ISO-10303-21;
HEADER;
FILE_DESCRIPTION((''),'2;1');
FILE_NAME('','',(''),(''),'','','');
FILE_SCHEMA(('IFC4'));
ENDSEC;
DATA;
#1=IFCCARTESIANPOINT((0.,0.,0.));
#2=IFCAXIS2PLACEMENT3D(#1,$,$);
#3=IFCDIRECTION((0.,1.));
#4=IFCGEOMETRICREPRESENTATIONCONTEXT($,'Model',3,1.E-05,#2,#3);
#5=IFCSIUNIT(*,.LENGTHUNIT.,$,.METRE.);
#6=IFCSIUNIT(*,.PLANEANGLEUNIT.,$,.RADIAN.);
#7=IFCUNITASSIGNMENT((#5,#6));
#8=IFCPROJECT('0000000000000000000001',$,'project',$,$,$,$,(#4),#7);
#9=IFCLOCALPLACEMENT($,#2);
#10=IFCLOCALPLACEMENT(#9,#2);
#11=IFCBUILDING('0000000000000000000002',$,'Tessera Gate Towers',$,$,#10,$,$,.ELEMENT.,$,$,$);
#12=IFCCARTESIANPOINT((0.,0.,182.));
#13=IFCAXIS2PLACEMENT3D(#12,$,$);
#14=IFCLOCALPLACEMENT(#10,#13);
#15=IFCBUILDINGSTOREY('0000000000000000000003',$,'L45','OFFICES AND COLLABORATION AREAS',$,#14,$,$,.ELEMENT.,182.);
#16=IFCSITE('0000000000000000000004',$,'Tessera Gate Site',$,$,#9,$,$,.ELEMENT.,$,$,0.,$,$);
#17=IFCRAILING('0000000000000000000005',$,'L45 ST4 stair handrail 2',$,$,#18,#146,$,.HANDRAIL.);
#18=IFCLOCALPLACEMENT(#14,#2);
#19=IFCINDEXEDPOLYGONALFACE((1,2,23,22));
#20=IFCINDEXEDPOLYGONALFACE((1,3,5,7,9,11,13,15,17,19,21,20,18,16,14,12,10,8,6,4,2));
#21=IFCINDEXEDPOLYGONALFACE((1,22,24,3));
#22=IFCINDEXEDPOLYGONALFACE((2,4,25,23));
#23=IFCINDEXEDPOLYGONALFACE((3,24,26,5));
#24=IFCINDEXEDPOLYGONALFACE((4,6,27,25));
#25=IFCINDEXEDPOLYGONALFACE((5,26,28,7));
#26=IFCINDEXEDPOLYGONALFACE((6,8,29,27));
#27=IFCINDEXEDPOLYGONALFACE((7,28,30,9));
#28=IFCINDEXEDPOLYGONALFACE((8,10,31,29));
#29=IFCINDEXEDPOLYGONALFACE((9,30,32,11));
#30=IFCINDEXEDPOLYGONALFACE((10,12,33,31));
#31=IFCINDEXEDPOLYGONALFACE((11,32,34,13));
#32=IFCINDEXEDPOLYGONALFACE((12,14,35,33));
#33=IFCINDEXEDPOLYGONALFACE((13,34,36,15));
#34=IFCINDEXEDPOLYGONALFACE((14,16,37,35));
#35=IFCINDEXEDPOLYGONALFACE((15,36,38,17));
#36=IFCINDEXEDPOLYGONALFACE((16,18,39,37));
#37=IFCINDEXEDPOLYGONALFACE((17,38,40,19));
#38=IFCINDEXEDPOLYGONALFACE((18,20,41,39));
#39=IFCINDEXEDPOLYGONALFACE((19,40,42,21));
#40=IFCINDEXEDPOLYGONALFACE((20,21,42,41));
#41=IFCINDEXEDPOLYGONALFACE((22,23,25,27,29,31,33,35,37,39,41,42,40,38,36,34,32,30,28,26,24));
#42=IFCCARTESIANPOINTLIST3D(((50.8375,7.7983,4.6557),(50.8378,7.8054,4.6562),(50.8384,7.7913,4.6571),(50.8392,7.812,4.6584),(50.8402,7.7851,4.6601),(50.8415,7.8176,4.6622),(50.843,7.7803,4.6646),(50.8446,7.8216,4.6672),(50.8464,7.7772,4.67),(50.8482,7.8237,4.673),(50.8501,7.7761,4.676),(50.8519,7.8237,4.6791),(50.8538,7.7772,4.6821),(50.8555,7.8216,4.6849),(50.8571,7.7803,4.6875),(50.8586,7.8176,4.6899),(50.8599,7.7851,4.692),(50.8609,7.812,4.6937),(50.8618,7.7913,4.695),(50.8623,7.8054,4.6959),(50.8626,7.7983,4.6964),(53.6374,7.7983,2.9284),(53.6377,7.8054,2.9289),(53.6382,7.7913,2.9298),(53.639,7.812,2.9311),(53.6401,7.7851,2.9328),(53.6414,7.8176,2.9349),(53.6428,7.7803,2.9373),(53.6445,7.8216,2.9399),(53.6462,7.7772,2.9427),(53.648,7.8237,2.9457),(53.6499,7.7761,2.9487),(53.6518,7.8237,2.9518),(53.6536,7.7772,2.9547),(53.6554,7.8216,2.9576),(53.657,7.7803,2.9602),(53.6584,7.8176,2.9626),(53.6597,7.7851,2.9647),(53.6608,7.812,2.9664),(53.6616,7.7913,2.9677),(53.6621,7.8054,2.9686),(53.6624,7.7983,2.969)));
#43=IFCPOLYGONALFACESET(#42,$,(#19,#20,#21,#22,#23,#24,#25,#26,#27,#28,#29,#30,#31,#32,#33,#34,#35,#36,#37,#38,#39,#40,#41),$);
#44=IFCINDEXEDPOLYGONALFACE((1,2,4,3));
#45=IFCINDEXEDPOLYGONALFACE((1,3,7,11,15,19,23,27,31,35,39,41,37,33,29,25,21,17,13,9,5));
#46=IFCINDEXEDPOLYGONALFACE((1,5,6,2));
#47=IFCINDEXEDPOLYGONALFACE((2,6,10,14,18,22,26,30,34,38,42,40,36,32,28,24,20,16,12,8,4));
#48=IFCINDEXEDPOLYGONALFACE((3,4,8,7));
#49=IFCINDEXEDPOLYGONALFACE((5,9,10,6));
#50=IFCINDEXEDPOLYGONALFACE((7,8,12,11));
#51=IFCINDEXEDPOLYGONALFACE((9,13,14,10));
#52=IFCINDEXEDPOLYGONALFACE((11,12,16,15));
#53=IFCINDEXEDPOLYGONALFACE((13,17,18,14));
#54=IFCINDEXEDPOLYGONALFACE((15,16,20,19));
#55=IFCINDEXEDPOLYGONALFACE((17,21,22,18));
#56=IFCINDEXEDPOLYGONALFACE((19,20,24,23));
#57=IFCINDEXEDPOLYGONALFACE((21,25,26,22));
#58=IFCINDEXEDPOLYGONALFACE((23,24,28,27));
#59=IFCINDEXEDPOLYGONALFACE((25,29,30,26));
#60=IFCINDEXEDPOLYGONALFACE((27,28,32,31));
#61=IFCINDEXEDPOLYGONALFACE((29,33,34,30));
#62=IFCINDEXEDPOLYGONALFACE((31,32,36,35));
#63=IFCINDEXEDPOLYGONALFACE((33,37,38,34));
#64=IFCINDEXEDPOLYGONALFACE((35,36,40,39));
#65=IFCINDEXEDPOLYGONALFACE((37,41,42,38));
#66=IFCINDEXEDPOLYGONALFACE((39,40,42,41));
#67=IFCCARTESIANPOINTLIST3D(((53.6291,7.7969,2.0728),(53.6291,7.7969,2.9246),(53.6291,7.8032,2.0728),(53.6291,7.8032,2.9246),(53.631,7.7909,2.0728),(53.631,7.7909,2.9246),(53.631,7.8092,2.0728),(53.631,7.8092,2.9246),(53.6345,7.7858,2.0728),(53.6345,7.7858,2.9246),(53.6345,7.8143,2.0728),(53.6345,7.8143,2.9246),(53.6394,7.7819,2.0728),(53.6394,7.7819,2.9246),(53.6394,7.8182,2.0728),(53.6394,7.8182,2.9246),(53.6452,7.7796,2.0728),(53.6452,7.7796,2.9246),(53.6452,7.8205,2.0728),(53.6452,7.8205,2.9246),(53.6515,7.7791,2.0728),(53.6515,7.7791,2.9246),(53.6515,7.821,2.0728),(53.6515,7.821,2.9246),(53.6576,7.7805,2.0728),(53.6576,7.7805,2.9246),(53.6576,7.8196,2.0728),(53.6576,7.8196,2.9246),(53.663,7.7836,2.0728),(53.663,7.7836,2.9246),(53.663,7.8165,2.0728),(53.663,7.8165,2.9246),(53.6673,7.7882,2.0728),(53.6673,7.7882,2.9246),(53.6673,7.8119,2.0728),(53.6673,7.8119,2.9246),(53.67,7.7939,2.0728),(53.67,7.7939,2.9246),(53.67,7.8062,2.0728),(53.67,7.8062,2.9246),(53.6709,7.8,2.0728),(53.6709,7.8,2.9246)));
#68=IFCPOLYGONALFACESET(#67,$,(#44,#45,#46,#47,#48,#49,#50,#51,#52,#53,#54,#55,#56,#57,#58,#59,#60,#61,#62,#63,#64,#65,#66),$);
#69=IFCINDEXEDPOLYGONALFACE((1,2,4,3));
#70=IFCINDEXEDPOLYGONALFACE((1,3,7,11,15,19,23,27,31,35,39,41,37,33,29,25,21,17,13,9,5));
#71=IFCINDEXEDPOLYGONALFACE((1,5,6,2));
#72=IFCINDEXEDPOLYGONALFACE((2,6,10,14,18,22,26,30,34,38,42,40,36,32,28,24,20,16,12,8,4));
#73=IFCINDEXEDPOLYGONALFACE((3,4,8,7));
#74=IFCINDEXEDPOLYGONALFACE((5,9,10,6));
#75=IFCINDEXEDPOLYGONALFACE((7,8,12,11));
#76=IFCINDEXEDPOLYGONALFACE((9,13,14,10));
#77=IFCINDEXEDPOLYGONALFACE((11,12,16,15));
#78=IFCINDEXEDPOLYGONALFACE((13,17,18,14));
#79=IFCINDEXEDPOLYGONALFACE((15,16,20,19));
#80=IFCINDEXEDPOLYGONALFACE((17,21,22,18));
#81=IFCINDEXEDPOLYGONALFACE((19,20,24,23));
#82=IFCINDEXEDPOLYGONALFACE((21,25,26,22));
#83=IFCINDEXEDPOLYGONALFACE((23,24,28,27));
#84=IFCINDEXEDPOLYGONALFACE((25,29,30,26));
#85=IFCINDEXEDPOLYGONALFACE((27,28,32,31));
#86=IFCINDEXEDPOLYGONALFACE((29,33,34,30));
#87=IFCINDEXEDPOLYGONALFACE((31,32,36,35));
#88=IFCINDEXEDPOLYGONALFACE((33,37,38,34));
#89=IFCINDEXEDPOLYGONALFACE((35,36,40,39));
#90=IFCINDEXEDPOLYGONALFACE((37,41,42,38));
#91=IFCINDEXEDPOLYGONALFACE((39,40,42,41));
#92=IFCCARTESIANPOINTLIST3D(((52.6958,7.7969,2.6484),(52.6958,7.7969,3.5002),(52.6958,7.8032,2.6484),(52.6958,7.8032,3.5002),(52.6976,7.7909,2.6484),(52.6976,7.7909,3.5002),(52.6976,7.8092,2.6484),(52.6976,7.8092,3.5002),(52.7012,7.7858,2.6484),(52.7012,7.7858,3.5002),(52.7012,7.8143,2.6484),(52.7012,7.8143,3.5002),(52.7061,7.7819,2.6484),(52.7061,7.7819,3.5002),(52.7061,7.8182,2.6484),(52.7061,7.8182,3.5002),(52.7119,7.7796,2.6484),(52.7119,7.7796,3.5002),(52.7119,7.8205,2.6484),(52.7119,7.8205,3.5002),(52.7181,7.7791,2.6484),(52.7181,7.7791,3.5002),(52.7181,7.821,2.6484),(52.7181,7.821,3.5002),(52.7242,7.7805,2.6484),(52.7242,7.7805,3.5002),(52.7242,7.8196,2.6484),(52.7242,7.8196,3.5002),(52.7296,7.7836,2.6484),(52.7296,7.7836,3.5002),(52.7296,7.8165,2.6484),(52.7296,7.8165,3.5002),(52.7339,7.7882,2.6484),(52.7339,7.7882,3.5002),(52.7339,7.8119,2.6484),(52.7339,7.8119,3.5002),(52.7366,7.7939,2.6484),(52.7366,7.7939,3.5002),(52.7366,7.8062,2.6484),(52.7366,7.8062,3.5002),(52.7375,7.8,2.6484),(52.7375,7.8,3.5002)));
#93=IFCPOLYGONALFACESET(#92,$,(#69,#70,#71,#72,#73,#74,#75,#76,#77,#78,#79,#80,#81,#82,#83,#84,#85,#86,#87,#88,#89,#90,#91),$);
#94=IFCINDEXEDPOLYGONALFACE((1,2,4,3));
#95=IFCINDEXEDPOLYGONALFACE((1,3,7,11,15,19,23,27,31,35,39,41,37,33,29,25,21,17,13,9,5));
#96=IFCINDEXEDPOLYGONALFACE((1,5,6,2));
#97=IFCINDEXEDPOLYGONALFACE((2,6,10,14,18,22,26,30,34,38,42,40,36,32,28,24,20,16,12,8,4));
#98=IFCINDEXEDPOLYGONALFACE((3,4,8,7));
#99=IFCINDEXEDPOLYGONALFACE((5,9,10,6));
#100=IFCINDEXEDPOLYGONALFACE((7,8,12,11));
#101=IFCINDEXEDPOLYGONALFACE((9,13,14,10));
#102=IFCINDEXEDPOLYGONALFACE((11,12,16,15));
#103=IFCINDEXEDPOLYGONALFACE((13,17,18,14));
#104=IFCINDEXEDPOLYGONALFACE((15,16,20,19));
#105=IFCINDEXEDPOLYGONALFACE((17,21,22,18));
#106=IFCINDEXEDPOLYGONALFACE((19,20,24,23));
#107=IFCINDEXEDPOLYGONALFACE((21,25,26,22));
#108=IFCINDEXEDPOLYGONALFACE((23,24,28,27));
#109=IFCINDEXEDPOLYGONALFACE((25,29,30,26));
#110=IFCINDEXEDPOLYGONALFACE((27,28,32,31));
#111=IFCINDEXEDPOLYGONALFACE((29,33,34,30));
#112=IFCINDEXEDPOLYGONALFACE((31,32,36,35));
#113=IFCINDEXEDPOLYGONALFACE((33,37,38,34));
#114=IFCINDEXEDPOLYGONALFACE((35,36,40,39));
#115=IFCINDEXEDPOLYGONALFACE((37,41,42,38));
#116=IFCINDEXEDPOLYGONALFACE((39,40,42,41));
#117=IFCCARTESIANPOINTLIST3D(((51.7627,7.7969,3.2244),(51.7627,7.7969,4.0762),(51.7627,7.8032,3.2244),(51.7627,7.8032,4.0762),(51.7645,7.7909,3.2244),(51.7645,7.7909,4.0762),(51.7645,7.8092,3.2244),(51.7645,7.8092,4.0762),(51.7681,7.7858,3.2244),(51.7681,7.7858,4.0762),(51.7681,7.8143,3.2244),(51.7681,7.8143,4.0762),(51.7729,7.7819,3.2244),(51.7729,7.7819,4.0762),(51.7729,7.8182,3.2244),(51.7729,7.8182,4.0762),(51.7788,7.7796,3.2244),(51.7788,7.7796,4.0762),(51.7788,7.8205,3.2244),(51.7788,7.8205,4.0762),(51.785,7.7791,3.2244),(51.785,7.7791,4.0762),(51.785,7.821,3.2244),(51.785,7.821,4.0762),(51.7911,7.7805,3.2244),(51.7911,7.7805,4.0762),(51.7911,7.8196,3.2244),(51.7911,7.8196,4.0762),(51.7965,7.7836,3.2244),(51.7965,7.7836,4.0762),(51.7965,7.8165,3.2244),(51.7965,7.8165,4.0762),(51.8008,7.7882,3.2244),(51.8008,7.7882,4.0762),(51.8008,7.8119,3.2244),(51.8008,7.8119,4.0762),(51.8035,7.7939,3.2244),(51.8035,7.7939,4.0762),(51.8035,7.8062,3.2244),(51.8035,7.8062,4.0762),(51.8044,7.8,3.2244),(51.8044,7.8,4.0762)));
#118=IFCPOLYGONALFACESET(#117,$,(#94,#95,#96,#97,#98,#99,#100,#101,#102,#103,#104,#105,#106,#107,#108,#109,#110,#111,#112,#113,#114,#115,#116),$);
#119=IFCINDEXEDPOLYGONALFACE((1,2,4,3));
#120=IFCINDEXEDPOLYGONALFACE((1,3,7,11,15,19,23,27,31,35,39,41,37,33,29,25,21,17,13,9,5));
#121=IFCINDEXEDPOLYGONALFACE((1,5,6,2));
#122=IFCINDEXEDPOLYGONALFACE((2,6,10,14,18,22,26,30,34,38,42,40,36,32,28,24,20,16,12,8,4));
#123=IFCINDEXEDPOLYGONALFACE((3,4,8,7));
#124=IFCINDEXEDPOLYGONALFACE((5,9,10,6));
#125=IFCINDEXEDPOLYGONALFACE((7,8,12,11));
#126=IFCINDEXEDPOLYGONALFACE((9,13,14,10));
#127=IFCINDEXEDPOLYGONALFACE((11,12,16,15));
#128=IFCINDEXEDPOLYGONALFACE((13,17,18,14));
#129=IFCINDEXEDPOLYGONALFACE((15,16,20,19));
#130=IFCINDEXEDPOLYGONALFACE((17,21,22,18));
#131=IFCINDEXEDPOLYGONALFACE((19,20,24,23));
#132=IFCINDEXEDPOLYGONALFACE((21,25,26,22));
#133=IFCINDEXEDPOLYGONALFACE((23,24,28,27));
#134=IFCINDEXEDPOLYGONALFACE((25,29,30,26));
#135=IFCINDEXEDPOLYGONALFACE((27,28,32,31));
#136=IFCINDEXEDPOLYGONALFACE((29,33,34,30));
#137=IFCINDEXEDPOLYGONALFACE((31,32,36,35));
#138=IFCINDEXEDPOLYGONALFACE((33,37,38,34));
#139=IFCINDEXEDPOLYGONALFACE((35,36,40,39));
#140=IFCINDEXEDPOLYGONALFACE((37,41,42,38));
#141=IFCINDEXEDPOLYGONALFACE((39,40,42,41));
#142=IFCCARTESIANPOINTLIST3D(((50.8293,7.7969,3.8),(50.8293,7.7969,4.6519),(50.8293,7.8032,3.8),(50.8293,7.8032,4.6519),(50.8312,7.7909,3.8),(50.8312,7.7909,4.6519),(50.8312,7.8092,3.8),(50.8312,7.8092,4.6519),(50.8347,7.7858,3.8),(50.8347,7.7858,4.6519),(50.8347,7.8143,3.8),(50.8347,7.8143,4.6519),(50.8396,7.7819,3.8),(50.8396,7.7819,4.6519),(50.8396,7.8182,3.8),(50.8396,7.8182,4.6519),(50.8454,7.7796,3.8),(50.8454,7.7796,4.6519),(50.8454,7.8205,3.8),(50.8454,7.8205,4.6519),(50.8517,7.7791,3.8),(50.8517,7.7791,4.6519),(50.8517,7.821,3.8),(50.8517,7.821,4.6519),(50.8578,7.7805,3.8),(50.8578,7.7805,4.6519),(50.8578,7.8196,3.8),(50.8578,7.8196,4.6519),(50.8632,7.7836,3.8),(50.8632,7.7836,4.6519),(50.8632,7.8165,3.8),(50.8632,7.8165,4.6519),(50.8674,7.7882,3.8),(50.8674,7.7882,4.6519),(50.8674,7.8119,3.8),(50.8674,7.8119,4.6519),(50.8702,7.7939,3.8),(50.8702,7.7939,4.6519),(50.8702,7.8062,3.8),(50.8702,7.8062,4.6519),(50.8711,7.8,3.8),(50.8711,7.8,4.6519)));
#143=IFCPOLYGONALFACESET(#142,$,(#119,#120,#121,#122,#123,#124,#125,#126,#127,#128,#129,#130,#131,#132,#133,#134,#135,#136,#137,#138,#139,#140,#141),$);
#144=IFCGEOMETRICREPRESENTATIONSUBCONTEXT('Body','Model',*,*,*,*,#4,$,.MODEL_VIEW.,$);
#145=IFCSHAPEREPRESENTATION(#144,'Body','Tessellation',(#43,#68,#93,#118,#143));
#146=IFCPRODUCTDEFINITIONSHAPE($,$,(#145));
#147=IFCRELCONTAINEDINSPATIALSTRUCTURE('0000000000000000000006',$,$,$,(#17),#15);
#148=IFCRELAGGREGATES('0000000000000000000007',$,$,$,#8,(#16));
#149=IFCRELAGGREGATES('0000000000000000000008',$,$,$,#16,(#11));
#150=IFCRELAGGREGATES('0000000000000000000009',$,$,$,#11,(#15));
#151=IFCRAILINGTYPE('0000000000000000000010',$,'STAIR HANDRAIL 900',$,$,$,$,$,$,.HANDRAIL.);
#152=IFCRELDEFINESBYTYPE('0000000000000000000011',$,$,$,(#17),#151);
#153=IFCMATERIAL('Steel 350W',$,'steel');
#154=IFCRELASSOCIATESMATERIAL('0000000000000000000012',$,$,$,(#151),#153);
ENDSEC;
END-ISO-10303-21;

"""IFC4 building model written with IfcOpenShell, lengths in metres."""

from ifc_helpers import new_model, si_unit, direction, frame, origin, origin_2d, place, context, subcontext, project, spatial, circle, extrude, material, type_object, element, save


model = new_model("IFC4")

# Units and contexts
model_context = context("Model", 3, precision=1e-05, world=origin(), true_north=direction((0.0, 1.0)))
body_context = subcontext(model_context, "Body", "Model", "MODEL_VIEW")
ifc_project = project(units=[si_unit("LENGTHUNIT", "METRE"), si_unit("PLANEANGLEUNIT", "RADIAN")], contexts=[model_context])

# Site, building, storey
site_placement = place(None, origin())
site = spatial("IfcSite", under=ifc_project, at=site_placement, Name="Tessera Gate Site", CompositionType="ELEMENT", RefElevation=0.0)
building_placement = place(site_placement, origin())
building = spatial("IfcBuilding", under=site, at=building_placement, Name="Tessera Gate Towers", CompositionType="ELEMENT")
storey_placement = place(building_placement, frame((0.0, 0.0, 182.0)))
storey = spatial("IfcBuildingStorey", under=building, at=storey_placement, Name="L45", Description="OFFICES AND COLLABORATION AREAS", CompositionType="ELEMENT", Elevation=182.0)

# Railing
ifc_material_1 = material(Name="Steel 350W", Category="steel")
railing_type_1 = type_object("IfcRailingType", Name="STAIR HANDRAIL 900", PredefinedType="HANDRAIL", material=ifc_material_1)
railing_1_placement = place(storey_placement, frame((53.6499, 7.8, 2.0728)))
element("IfcRailing", 1, at=railing_1_placement, inside=storey, type_object=railing_type_1, Name="L45 ST4 stair handrail 2", PredefinedType="HANDRAIL", context=body_context, shape_type="SweptSolid", body=[
    extrude(circle(Radius=0.0239, at=origin_2d()), frame((0.0, 0.0, 0.876), z_axis=(-0.851069, 0.0, 0.525054), x_axis=(0.0, -1.0, 0.0)), (0.0, 0.0, 1.0), 3.2898),
    extrude(circle(Radius=0.021, at=origin_2d()), origin(), (0.0, 0.0, 1.0), 0.8518),
    extrude(circle(Radius=0.021, at=origin_2d()), frame((-0.9333, 0.0, 0.5757)), (0.0, 0.0, 1.0), 0.8518),
    extrude(circle(Radius=0.021, at=origin_2d()), frame((-1.8665, 0.0, 1.1516)), (0.0, 0.0, 1.0), 0.8518),
    extrude(circle(Radius=0.021, at=origin_2d()), frame((-2.7998, 0.0, 1.7273)), (0.0, 0.0, 1.0), 0.8518),
])

save(model, "model.ifc")
